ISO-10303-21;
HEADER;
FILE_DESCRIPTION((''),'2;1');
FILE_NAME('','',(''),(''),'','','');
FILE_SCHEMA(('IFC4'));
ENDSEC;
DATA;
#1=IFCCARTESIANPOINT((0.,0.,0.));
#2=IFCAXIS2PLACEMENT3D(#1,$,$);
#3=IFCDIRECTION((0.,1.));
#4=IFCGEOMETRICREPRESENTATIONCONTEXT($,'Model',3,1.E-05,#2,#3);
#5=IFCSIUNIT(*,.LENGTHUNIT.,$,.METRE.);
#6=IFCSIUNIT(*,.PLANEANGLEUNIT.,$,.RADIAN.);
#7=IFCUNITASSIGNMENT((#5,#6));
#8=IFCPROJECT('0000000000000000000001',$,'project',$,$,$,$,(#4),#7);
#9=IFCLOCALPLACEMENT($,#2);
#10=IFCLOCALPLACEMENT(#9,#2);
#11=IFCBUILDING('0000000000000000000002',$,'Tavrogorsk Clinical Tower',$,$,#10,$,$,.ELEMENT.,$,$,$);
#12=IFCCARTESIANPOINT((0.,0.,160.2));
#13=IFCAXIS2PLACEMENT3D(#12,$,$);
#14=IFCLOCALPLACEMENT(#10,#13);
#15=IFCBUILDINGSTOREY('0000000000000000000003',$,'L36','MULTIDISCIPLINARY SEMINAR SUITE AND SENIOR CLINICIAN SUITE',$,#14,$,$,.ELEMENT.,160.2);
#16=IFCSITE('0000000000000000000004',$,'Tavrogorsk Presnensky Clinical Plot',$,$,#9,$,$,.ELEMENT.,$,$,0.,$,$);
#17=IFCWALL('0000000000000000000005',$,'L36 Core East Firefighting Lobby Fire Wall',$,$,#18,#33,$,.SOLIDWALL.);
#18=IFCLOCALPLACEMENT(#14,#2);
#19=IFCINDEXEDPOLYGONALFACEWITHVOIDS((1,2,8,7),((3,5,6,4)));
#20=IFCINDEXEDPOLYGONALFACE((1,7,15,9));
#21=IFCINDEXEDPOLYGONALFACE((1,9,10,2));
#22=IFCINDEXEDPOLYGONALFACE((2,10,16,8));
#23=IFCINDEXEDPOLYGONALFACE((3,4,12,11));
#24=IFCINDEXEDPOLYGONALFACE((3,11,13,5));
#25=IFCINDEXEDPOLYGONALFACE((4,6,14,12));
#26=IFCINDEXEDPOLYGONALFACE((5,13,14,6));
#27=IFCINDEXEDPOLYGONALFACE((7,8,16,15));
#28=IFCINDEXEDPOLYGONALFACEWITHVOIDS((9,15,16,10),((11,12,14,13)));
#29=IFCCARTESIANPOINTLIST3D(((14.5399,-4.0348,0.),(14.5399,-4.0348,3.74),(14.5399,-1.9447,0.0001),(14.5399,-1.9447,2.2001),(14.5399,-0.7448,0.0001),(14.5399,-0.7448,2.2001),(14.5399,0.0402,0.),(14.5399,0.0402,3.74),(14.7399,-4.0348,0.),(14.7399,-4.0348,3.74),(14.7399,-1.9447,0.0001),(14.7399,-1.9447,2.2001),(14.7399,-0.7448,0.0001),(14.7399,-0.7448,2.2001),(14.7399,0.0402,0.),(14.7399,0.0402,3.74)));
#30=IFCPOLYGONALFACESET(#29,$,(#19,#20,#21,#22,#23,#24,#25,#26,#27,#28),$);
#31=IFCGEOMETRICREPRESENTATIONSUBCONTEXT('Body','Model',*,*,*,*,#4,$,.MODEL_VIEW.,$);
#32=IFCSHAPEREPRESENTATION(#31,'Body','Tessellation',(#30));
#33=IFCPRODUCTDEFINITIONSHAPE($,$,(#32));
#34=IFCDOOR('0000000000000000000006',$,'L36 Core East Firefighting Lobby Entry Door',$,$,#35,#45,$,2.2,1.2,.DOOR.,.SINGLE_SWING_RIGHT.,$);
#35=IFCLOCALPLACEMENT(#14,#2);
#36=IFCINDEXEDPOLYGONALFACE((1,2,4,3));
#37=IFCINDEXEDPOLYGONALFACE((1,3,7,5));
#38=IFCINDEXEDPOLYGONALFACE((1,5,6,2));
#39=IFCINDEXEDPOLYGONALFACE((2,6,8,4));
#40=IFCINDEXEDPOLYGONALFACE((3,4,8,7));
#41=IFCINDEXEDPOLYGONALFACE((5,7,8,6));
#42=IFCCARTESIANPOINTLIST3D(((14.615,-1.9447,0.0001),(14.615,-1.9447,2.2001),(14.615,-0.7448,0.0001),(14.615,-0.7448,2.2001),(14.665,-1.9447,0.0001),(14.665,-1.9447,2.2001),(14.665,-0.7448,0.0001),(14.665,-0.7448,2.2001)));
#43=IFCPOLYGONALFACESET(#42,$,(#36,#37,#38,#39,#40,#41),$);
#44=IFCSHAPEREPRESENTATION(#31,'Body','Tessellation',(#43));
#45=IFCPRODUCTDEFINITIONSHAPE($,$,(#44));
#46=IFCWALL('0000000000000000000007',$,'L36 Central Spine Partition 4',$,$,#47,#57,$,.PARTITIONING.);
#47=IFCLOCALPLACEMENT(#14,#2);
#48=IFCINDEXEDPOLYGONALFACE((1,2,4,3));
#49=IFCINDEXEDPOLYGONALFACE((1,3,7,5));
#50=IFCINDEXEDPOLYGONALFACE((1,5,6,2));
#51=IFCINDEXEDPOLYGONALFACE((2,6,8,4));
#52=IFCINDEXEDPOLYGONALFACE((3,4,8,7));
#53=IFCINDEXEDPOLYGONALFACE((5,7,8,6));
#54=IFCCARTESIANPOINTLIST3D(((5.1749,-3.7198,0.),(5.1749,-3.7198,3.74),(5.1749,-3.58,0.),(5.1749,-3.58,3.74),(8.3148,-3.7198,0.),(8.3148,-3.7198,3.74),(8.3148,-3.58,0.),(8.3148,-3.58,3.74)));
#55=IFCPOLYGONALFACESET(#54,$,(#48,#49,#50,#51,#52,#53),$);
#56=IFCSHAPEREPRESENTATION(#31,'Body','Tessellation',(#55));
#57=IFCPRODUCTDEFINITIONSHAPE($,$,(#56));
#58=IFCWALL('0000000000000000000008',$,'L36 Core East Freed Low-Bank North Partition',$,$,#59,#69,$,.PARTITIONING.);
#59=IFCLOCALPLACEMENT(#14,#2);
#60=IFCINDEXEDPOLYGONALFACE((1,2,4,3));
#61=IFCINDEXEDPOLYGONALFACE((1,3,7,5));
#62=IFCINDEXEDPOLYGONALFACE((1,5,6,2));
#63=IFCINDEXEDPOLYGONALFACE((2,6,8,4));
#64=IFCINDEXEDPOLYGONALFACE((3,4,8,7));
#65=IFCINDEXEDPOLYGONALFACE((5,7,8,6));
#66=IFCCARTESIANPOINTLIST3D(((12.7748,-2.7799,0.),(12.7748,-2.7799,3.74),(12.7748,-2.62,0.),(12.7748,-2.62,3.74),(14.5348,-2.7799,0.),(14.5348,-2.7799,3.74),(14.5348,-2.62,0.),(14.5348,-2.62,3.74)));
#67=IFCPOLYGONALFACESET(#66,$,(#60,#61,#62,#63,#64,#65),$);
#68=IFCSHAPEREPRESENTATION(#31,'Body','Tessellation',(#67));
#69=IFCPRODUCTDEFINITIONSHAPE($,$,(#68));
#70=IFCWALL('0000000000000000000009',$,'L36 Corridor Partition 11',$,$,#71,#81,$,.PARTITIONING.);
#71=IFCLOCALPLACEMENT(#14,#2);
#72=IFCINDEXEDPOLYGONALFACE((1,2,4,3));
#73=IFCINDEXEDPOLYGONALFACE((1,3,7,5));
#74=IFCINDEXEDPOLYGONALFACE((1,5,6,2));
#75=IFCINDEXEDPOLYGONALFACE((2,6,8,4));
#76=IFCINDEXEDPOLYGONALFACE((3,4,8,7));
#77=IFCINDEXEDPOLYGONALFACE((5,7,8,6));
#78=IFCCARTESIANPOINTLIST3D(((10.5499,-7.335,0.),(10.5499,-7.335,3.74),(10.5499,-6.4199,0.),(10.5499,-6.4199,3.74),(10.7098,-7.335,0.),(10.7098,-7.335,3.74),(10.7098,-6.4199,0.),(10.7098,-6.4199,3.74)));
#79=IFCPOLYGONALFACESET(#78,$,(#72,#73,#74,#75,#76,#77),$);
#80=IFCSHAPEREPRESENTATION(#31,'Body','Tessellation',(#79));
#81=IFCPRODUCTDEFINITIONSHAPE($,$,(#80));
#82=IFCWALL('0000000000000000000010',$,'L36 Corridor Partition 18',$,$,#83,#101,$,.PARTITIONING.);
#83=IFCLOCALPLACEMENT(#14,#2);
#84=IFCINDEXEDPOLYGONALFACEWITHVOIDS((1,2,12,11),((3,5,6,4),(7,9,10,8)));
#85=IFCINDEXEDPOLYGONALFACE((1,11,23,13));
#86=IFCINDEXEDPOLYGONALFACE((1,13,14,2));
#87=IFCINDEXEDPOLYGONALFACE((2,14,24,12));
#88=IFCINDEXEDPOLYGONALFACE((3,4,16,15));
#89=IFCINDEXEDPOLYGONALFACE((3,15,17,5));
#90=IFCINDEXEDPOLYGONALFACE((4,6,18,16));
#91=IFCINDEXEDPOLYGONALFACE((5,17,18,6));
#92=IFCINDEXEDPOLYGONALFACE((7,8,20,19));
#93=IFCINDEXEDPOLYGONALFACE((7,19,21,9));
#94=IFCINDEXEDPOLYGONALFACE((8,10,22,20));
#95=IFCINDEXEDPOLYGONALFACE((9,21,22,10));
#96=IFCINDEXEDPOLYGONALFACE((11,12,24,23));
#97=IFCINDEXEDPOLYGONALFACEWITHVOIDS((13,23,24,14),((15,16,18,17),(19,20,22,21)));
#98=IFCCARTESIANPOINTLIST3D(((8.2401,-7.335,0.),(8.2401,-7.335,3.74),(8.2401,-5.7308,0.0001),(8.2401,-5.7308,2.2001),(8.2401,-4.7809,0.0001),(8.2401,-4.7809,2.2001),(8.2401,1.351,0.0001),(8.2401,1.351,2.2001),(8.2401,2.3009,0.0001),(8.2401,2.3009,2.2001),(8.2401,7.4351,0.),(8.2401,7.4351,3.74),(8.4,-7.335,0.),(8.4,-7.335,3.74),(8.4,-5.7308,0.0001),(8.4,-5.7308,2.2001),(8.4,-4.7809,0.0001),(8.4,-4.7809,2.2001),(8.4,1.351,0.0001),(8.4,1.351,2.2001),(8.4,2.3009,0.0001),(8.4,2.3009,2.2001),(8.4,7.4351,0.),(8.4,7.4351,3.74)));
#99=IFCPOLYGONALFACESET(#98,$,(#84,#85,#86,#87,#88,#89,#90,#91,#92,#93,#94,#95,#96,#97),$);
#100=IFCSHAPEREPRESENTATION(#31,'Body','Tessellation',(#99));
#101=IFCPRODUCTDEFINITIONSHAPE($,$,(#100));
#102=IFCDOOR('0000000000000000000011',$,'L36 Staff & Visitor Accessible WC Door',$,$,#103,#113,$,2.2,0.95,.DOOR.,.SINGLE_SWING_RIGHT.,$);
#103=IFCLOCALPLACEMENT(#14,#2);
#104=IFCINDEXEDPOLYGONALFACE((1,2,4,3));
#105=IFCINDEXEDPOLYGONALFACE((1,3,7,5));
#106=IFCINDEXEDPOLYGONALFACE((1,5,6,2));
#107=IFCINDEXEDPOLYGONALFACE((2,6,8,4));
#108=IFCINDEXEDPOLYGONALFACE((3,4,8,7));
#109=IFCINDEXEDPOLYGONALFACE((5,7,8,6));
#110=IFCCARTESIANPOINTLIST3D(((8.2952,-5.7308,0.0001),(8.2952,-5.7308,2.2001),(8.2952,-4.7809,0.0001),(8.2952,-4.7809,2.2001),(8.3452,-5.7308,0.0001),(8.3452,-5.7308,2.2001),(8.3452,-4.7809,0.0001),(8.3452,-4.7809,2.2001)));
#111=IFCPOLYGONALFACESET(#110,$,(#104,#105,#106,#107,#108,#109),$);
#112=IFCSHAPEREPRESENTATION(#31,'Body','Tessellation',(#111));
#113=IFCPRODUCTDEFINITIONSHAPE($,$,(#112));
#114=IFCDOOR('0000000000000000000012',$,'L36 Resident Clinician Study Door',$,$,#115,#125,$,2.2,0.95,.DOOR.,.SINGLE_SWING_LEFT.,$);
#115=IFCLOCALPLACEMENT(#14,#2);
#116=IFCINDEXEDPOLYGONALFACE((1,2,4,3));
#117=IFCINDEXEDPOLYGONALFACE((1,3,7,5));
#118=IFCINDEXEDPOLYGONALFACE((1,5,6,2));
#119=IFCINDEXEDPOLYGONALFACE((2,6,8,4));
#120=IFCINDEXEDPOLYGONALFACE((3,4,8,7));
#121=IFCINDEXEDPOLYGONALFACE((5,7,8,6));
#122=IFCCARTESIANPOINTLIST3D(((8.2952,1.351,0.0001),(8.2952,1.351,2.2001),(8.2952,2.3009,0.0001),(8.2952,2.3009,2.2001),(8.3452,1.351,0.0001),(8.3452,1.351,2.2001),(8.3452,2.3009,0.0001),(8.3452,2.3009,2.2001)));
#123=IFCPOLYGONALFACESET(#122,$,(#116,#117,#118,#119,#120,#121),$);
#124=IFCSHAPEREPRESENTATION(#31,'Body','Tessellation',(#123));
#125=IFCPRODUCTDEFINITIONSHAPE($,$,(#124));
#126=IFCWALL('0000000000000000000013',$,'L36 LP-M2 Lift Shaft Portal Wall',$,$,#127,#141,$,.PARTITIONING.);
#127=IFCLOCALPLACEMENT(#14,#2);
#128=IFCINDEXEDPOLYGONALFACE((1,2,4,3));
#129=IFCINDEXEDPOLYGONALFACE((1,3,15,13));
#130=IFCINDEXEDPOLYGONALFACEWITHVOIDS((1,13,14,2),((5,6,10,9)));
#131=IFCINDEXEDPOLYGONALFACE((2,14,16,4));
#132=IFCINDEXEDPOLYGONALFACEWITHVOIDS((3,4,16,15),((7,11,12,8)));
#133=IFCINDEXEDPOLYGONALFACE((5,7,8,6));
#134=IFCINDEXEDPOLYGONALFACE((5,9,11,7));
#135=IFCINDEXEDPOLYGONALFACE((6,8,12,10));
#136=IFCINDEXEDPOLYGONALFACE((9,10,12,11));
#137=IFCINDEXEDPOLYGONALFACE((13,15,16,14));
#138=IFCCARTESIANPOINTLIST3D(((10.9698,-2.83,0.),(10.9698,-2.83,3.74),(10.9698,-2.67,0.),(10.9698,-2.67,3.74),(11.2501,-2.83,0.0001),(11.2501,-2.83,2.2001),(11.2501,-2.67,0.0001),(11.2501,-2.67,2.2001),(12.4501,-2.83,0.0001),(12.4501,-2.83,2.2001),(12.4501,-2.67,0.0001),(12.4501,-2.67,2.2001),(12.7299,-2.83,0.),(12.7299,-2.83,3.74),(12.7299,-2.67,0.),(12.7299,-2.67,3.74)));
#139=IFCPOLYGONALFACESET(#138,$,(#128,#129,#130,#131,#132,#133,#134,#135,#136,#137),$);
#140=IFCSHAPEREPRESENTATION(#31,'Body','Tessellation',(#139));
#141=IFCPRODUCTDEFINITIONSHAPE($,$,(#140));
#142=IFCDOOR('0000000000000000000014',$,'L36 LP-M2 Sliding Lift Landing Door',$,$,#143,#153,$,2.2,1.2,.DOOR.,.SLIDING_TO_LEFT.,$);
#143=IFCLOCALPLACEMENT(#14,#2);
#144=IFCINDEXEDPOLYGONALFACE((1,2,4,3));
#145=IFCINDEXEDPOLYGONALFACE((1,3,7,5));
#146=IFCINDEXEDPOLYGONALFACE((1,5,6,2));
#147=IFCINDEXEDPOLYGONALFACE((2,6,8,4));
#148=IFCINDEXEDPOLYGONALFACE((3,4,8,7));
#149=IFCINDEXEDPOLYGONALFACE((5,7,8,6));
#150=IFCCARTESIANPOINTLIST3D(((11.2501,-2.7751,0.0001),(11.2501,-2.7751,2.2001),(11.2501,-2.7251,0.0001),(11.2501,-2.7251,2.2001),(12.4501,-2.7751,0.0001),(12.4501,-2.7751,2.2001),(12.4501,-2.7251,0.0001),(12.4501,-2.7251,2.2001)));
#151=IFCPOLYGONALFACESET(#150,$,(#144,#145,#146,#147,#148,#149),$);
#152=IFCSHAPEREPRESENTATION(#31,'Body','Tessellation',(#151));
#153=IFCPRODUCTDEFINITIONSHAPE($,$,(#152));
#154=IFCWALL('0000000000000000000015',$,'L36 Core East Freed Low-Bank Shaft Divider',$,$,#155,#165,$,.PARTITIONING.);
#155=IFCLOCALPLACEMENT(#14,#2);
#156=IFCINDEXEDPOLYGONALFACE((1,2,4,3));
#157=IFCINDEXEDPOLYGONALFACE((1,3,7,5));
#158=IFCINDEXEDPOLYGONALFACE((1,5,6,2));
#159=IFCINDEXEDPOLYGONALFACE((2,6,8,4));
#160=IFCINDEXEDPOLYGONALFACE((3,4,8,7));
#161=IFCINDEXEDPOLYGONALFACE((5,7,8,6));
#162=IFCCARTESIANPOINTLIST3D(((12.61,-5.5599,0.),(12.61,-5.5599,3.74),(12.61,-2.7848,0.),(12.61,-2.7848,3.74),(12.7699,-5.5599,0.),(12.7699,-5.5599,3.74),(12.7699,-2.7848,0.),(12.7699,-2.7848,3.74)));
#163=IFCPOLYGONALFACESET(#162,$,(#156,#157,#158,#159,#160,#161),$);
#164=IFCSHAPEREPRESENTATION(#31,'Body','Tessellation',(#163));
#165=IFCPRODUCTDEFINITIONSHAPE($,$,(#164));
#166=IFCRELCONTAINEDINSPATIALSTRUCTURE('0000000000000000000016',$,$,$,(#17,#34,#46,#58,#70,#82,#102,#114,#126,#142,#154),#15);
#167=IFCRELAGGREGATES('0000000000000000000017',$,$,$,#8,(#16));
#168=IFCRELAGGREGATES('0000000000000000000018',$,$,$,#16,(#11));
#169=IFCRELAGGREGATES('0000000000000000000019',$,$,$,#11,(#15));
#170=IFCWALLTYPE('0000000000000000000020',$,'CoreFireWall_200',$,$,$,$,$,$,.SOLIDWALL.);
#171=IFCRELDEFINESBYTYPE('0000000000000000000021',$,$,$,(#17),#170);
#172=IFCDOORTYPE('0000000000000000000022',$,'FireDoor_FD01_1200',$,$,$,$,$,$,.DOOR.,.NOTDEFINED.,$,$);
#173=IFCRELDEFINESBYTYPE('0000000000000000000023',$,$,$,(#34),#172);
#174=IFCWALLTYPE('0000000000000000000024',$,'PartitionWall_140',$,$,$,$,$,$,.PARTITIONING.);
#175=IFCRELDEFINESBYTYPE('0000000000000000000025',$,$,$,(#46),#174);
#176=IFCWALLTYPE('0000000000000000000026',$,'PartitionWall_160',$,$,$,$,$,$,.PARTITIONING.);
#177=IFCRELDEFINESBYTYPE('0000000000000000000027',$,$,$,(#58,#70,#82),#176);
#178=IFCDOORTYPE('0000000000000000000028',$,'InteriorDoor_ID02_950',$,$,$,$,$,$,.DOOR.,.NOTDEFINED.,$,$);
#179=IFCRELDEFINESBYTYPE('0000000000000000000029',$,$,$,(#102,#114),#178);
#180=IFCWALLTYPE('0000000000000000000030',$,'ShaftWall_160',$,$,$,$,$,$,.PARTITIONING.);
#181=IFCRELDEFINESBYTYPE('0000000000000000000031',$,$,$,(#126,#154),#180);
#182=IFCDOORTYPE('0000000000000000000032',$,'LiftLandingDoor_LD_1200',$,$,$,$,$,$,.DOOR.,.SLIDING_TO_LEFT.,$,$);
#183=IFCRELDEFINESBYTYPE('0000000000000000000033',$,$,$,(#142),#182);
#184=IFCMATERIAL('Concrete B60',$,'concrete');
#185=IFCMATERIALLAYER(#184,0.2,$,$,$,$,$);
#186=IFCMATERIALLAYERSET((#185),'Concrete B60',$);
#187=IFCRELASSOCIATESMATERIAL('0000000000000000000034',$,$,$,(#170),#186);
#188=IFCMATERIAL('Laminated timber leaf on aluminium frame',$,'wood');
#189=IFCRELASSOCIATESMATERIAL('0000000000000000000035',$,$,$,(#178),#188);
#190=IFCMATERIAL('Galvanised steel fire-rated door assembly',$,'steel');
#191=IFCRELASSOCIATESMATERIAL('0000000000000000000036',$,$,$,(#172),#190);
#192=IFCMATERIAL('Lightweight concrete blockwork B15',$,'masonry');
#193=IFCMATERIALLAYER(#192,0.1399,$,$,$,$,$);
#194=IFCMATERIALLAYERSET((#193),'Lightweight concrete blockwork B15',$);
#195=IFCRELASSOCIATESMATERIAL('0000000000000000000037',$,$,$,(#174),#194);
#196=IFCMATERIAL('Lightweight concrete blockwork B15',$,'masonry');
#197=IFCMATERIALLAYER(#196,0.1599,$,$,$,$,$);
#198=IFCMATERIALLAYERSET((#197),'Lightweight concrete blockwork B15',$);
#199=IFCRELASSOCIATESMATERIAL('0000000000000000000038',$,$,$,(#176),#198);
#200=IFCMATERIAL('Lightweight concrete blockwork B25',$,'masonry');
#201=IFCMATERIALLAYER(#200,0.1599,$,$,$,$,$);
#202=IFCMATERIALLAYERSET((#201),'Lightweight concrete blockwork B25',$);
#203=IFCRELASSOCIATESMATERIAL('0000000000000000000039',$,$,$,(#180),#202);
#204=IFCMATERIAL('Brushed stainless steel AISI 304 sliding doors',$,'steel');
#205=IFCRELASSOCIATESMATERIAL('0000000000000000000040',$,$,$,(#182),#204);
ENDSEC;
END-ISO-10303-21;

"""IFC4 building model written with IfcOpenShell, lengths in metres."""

from ifc_helpers import new_model, si_unit, direction, frame, frame_2d, origin, place, context, subcontext, project, spatial, rectangle, extrude, material, layer, layer_set, type_object, element, fill, save


model = new_model("IFC4")

# Units and contexts
model_context = context("Model", 3, precision=1e-05, world=origin(), true_north=direction((0.0, 1.0)))
body_context = subcontext(model_context, "Body", "Model", "MODEL_VIEW")
ifc_project = project(units=[si_unit("LENGTHUNIT", "METRE"), si_unit("PLANEANGLEUNIT", "RADIAN")], contexts=[model_context])

# Site, building, storey
site_placement = place(None, origin())
site = spatial("IfcSite", under=ifc_project, at=site_placement, Name="Tavrogorsk Presnensky Clinical Plot", CompositionType="ELEMENT", RefElevation=0.0)
building_placement = place(site_placement, origin())
building = spatial("IfcBuilding", under=site, at=building_placement, Name="Tavrogorsk Clinical Tower", CompositionType="ELEMENT")
storey_placement = place(building_placement, frame((0.0, 0.0, 160.2)))
storey = spatial("IfcBuildingStorey", under=building, at=storey_placement, Name="L36", Description="MULTIDISCIPLINARY SEMINAR SUITE AND SENIOR CLINICIAN SUITE", CompositionType="ELEMENT", Elevation=160.2)

# Wall, opening, door
ifc_material_1 = material(Name="Concrete B60", Category="concrete")
ifc_layer_1 = layer(ifc_material_1, 0.2)
ifc_layer_set_1 = layer_set([ifc_layer_1], Name="Concrete B60")
wall_type_1 = type_object("IfcWallType", Name="CoreFireWall_200", PredefinedType="SOLIDWALL", material=ifc_layer_set_1)
ifc_material_2 = material(Name="Laminated timber leaf on aluminium frame", Category="wood")
door_type_1 = type_object("IfcDoorType", Name="InteriorDoor_ID02_950", OperationType="NOTDEFINED", PredefinedType="DOOR", material=ifc_material_2)
wall_1_placement = place(storey_placement, frame((14.6399, -4.0349, 0.0), z_axis=(0.0, 0.0, 1.0), x_axis=(0.0, 1.0, 0.0)))
wall_1 = element("IfcWall", 1, at=wall_1_placement, inside=storey, type_object=wall_type_1, Name="L36 Core East Firefighting Lobby Fire Wall", PredefinedType="SOLIDWALL", context=body_context, shape_type="SweptSolid", body=[
    extrude(rectangle(XDim=4.075, YDim=0.2, at=frame_2d((2.0376, 0.0))), origin(), (0.0, 0.0, 1.0), 3.74),
])
opening_1_placement = place(wall_1_placement, frame((2.0901, 0.0, 0.0)))
opening_1 = element("IfcOpeningElement", 2, at=opening_1_placement, cuts=wall_1, PredefinedType="OPENING", context=body_context, shape_type="SweptSolid", body=[
    extrude(rectangle(XDim=1.2, YDim=2.2, at=frame_2d((0.6001, 1.1001))), frame((0.0, 0.1099, 0.0), z_axis=(0.0, -1.0, 0.0), x_axis=(1.0, 0.0, 0.0)), (0.0, 0.0, 1.0), 0.22),
])
ifc_material_3 = material(Name="Galvanised steel fire-rated door assembly", Category="steel")
door_type_2 = type_object("IfcDoorType", Name="FireDoor_FD01_1200", OperationType="NOTDEFINED", PredefinedType="DOOR", material=ifc_material_3)
door_1_placement = place(opening_1_placement, origin())
door_1 = element("IfcDoor", 3, at=door_1_placement, inside=storey, type_object=door_type_2, Name="L36 Core East Firefighting Lobby Entry Door", OperationType="SINGLE_SWING_RIGHT", OverallHeight=2.2, OverallWidth=1.2, PredefinedType="DOOR", context=body_context, shape_type="SweptSolid", body=[
    extrude(rectangle(XDim=1.2, YDim=2.2, at=frame_2d((0.6001, 1.1001))), frame((0.0, 0.0249, 0.0), z_axis=(0.0, -1.0, 0.0), x_axis=(1.0, 0.0, 0.0)), (0.0, 0.0, 1.0), 0.05),
])
fill(opening_1, door_1)

# Walls
ifc_material_4 = material(Name="Lightweight concrete blockwork B15", Category="masonry")
ifc_layer_2 = layer(ifc_material_4, 0.1399)
ifc_layer_set_2 = layer_set([ifc_layer_2], Name="Lightweight concrete blockwork B15")
wall_type_2 = type_object("IfcWallType", Name="PartitionWall_140", PredefinedType="PARTITIONING", material=ifc_layer_set_2)
wall_2_placement = place(storey_placement, frame((5.175, -3.6499, 0.0), z_axis=(0.0, 0.0, 1.0), x_axis=(1.0, 0.0, 0.0)))
element("IfcWall", 4, at=wall_2_placement, inside=storey, type_object=wall_type_2, Name="L36 Central Spine Partition 4", PredefinedType="PARTITIONING", context=body_context, shape_type="SweptSolid", body=[
    extrude(rectangle(XDim=3.1399, YDim=0.1399, at=frame_2d((1.5698, 0.0))), origin(), (0.0, 0.0, 1.0), 3.74),
])
ifc_material_5 = material(Name="Lightweight concrete blockwork B15", Category="masonry")
ifc_layer_3 = layer(ifc_material_5, 0.1599)
ifc_layer_set_3 = layer_set([ifc_layer_3], Name="Lightweight concrete blockwork B15")
wall_type_3 = type_object("IfcWallType", Name="PartitionWall_160", PredefinedType="PARTITIONING", material=ifc_layer_set_3)
wall_3_placement = place(storey_placement, frame((12.7749, -2.7, 0.0), z_axis=(0.0, 0.0, 1.0), x_axis=(1.0, 0.0, 0.0)))
element("IfcWall", 5, at=wall_3_placement, inside=storey, type_object=wall_type_3, Name="L36 Core East Freed Low-Bank North Partition", PredefinedType="PARTITIONING", context=body_context, shape_type="SweptSolid", body=[
    extrude(rectangle(XDim=1.76, YDim=0.1599, at=frame_2d((0.8799, 0.0))), origin(), (0.0, 0.0, 1.0), 3.74),
])
wall_4_placement = place(storey_placement, frame((10.6299, -6.4199, 0.0), z_axis=(0.0, 0.0, 1.0), x_axis=(0.0, -1.0, 0.0)))
element("IfcWall", 6, at=wall_4_placement, inside=storey, type_object=wall_type_3, Name="L36 Corridor Partition 11", PredefinedType="PARTITIONING", context=body_context, shape_type="SweptSolid", body=[
    extrude(rectangle(XDim=0.915, YDim=0.1599, at=frame_2d((0.4575, 0.0))), origin(), (0.0, 0.0, 1.0), 3.74),
])

# Wall, openings, doors
wall_5_placement = place(storey_placement, frame((8.3201, -7.335, 0.0), z_axis=(0.0, 0.0, 1.0), x_axis=(0.0, 1.0, 0.0)))
wall_5 = element("IfcWall", 7, at=wall_5_placement, inside=storey, type_object=wall_type_3, Name="L36 Corridor Partition 18", PredefinedType="PARTITIONING", context=body_context, shape_type="SweptSolid", body=[
    extrude(rectangle(XDim=14.77, YDim=0.1599, at=frame_2d((7.385, 0.0))), origin(), (0.0, 0.0, 1.0), 3.74),
])
opening_2_placement = place(wall_5_placement, frame((1.604, 0.0, 0.0)))
opening_2 = element("IfcOpeningElement", 8, at=opening_2_placement, cuts=wall_5, PredefinedType="OPENING", context=body_context, shape_type="SweptSolid", body=[
    extrude(rectangle(XDim=0.95, YDim=2.2, at=frame_2d((0.4751, 1.1001))), frame((0.0, 0.0898, 0.0), z_axis=(0.0, -1.0, 0.0), x_axis=(1.0, 0.0, 0.0)), (0.0, 0.0, 1.0), 0.1799),
])
opening_3_placement = place(wall_5_placement, frame((8.6858, 0.0, 0.0)))
opening_3 = element("IfcOpeningElement", 9, at=opening_3_placement, cuts=wall_5, PredefinedType="OPENING", context=body_context, shape_type="SweptSolid", body=[
    extrude(rectangle(XDim=0.95, YDim=2.2, at=frame_2d((0.4751, 1.1001))), frame((0.0, 0.0898, 0.0), z_axis=(0.0, -1.0, 0.0), x_axis=(1.0, 0.0, 0.0)), (0.0, 0.0, 1.0), 0.1799),
])
door_2_placement = place(opening_2_placement, origin())
door_2 = element("IfcDoor", 10, at=door_2_placement, inside=storey, type_object=door_type_1, Name="L36 Staff & Visitor Accessible WC Door", OperationType="SINGLE_SWING_RIGHT", OverallHeight=2.2, OverallWidth=0.95, PredefinedType="DOOR", context=body_context, shape_type="SweptSolid", body=[
    extrude(rectangle(XDim=0.95, YDim=2.2, at=frame_2d((0.4751, 1.1001))), frame((0.0, 0.0249, 0.0), z_axis=(0.0, -1.0, 0.0), x_axis=(1.0, 0.0, 0.0)), (0.0, 0.0, 1.0), 0.05),
])
fill(opening_2, door_2)
door_3_placement = place(opening_3_placement, origin())
door_3 = element("IfcDoor", 11, at=door_3_placement, inside=storey, type_object=door_type_1, Name="L36 Resident Clinician Study Door", OperationType="SINGLE_SWING_LEFT", OverallHeight=2.2, OverallWidth=0.95, PredefinedType="DOOR", context=body_context, shape_type="SweptSolid", body=[
    extrude(rectangle(XDim=0.95, YDim=2.2, at=frame_2d((0.4751, 1.1001))), frame((0.0, 0.0249, 0.0), z_axis=(0.0, -1.0, 0.0), x_axis=(1.0, 0.0, 0.0)), (0.0, 0.0, 1.0), 0.05),
])
fill(opening_3, door_3)

# Wall, opening, door
ifc_material_6 = material(Name="Lightweight concrete blockwork B25", Category="masonry")
ifc_layer_4 = layer(ifc_material_6, 0.1599)
ifc_layer_set_4 = layer_set([ifc_layer_4], Name="Lightweight concrete blockwork B25")
wall_type_4 = type_object("IfcWallType", Name="ShaftWall_160", PredefinedType="PARTITIONING", material=ifc_layer_set_4)
wall_6_placement = place(storey_placement, frame((10.97, -2.75, 0.0), z_axis=(0.0, 0.0, 1.0), x_axis=(1.0, 0.0, 0.0)))
wall_6 = element("IfcWall", 12, at=wall_6_placement, inside=storey, type_object=wall_type_4, Name="L36 LP-M2 Lift Shaft Portal Wall", PredefinedType="PARTITIONING", context=body_context, shape_type="SweptSolid", body=[
    extrude(rectangle(XDim=1.76, YDim=0.1599, at=frame_2d((0.8799, 0.0))), origin(), (0.0, 0.0, 1.0), 3.74),
])
opening_4_placement = place(wall_6_placement, frame((0.28, 0.0, 0.0)))
opening_4 = element("IfcOpeningElement", 13, at=opening_4_placement, cuts=wall_6, PredefinedType="OPENING", context=body_context, shape_type="SweptSolid", body=[
    extrude(rectangle(XDim=1.2, YDim=2.2, at=frame_2d((0.6001, 1.1001))), frame((0.0, 0.0898, 0.0), z_axis=(0.0, -1.0, 0.0), x_axis=(1.0, 0.0, 0.0)), (0.0, 0.0, 1.0), 0.1799),
])
ifc_material_7 = material(Name="Brushed stainless steel AISI 304 sliding doors", Category="steel")
door_type_3 = type_object("IfcDoorType", Name="LiftLandingDoor_LD_1200", OperationType="SLIDING_TO_LEFT", PredefinedType="DOOR", material=ifc_material_7)
door_4_placement = place(opening_4_placement, origin())
door_4 = element("IfcDoor", 14, at=door_4_placement, inside=storey, type_object=door_type_3, Name="L36 LP-M2 Sliding Lift Landing Door", OperationType="SLIDING_TO_LEFT", OverallHeight=2.2, OverallWidth=1.2, PredefinedType="DOOR", context=body_context, shape_type="SweptSolid", body=[
    extrude(rectangle(XDim=1.2, YDim=2.2, at=frame_2d((0.6001, 1.1001))), frame((0.0, 0.0249, 0.0), z_axis=(0.0, -1.0, 0.0), x_axis=(1.0, 0.0, 0.0)), (0.0, 0.0, 1.0), 0.05),
])
fill(opening_4, door_4)

# Wall
wall_7_placement = place(storey_placement, frame((12.6899, -5.5601, 0.0), z_axis=(0.0, 0.0, 1.0), x_axis=(0.0, 1.0, 0.0)))
element("IfcWall", 15, at=wall_7_placement, inside=storey, type_object=wall_type_4, Name="L36 Core East Freed Low-Bank Shaft Divider", PredefinedType="PARTITIONING", context=body_context, shape_type="SweptSolid", body=[
    extrude(rectangle(XDim=2.7751, YDim=0.1599, at=frame_2d((1.3877, 0.0))), origin(), (0.0, 0.0, 1.0), 3.74),
])

save(model, "model.ifc")
